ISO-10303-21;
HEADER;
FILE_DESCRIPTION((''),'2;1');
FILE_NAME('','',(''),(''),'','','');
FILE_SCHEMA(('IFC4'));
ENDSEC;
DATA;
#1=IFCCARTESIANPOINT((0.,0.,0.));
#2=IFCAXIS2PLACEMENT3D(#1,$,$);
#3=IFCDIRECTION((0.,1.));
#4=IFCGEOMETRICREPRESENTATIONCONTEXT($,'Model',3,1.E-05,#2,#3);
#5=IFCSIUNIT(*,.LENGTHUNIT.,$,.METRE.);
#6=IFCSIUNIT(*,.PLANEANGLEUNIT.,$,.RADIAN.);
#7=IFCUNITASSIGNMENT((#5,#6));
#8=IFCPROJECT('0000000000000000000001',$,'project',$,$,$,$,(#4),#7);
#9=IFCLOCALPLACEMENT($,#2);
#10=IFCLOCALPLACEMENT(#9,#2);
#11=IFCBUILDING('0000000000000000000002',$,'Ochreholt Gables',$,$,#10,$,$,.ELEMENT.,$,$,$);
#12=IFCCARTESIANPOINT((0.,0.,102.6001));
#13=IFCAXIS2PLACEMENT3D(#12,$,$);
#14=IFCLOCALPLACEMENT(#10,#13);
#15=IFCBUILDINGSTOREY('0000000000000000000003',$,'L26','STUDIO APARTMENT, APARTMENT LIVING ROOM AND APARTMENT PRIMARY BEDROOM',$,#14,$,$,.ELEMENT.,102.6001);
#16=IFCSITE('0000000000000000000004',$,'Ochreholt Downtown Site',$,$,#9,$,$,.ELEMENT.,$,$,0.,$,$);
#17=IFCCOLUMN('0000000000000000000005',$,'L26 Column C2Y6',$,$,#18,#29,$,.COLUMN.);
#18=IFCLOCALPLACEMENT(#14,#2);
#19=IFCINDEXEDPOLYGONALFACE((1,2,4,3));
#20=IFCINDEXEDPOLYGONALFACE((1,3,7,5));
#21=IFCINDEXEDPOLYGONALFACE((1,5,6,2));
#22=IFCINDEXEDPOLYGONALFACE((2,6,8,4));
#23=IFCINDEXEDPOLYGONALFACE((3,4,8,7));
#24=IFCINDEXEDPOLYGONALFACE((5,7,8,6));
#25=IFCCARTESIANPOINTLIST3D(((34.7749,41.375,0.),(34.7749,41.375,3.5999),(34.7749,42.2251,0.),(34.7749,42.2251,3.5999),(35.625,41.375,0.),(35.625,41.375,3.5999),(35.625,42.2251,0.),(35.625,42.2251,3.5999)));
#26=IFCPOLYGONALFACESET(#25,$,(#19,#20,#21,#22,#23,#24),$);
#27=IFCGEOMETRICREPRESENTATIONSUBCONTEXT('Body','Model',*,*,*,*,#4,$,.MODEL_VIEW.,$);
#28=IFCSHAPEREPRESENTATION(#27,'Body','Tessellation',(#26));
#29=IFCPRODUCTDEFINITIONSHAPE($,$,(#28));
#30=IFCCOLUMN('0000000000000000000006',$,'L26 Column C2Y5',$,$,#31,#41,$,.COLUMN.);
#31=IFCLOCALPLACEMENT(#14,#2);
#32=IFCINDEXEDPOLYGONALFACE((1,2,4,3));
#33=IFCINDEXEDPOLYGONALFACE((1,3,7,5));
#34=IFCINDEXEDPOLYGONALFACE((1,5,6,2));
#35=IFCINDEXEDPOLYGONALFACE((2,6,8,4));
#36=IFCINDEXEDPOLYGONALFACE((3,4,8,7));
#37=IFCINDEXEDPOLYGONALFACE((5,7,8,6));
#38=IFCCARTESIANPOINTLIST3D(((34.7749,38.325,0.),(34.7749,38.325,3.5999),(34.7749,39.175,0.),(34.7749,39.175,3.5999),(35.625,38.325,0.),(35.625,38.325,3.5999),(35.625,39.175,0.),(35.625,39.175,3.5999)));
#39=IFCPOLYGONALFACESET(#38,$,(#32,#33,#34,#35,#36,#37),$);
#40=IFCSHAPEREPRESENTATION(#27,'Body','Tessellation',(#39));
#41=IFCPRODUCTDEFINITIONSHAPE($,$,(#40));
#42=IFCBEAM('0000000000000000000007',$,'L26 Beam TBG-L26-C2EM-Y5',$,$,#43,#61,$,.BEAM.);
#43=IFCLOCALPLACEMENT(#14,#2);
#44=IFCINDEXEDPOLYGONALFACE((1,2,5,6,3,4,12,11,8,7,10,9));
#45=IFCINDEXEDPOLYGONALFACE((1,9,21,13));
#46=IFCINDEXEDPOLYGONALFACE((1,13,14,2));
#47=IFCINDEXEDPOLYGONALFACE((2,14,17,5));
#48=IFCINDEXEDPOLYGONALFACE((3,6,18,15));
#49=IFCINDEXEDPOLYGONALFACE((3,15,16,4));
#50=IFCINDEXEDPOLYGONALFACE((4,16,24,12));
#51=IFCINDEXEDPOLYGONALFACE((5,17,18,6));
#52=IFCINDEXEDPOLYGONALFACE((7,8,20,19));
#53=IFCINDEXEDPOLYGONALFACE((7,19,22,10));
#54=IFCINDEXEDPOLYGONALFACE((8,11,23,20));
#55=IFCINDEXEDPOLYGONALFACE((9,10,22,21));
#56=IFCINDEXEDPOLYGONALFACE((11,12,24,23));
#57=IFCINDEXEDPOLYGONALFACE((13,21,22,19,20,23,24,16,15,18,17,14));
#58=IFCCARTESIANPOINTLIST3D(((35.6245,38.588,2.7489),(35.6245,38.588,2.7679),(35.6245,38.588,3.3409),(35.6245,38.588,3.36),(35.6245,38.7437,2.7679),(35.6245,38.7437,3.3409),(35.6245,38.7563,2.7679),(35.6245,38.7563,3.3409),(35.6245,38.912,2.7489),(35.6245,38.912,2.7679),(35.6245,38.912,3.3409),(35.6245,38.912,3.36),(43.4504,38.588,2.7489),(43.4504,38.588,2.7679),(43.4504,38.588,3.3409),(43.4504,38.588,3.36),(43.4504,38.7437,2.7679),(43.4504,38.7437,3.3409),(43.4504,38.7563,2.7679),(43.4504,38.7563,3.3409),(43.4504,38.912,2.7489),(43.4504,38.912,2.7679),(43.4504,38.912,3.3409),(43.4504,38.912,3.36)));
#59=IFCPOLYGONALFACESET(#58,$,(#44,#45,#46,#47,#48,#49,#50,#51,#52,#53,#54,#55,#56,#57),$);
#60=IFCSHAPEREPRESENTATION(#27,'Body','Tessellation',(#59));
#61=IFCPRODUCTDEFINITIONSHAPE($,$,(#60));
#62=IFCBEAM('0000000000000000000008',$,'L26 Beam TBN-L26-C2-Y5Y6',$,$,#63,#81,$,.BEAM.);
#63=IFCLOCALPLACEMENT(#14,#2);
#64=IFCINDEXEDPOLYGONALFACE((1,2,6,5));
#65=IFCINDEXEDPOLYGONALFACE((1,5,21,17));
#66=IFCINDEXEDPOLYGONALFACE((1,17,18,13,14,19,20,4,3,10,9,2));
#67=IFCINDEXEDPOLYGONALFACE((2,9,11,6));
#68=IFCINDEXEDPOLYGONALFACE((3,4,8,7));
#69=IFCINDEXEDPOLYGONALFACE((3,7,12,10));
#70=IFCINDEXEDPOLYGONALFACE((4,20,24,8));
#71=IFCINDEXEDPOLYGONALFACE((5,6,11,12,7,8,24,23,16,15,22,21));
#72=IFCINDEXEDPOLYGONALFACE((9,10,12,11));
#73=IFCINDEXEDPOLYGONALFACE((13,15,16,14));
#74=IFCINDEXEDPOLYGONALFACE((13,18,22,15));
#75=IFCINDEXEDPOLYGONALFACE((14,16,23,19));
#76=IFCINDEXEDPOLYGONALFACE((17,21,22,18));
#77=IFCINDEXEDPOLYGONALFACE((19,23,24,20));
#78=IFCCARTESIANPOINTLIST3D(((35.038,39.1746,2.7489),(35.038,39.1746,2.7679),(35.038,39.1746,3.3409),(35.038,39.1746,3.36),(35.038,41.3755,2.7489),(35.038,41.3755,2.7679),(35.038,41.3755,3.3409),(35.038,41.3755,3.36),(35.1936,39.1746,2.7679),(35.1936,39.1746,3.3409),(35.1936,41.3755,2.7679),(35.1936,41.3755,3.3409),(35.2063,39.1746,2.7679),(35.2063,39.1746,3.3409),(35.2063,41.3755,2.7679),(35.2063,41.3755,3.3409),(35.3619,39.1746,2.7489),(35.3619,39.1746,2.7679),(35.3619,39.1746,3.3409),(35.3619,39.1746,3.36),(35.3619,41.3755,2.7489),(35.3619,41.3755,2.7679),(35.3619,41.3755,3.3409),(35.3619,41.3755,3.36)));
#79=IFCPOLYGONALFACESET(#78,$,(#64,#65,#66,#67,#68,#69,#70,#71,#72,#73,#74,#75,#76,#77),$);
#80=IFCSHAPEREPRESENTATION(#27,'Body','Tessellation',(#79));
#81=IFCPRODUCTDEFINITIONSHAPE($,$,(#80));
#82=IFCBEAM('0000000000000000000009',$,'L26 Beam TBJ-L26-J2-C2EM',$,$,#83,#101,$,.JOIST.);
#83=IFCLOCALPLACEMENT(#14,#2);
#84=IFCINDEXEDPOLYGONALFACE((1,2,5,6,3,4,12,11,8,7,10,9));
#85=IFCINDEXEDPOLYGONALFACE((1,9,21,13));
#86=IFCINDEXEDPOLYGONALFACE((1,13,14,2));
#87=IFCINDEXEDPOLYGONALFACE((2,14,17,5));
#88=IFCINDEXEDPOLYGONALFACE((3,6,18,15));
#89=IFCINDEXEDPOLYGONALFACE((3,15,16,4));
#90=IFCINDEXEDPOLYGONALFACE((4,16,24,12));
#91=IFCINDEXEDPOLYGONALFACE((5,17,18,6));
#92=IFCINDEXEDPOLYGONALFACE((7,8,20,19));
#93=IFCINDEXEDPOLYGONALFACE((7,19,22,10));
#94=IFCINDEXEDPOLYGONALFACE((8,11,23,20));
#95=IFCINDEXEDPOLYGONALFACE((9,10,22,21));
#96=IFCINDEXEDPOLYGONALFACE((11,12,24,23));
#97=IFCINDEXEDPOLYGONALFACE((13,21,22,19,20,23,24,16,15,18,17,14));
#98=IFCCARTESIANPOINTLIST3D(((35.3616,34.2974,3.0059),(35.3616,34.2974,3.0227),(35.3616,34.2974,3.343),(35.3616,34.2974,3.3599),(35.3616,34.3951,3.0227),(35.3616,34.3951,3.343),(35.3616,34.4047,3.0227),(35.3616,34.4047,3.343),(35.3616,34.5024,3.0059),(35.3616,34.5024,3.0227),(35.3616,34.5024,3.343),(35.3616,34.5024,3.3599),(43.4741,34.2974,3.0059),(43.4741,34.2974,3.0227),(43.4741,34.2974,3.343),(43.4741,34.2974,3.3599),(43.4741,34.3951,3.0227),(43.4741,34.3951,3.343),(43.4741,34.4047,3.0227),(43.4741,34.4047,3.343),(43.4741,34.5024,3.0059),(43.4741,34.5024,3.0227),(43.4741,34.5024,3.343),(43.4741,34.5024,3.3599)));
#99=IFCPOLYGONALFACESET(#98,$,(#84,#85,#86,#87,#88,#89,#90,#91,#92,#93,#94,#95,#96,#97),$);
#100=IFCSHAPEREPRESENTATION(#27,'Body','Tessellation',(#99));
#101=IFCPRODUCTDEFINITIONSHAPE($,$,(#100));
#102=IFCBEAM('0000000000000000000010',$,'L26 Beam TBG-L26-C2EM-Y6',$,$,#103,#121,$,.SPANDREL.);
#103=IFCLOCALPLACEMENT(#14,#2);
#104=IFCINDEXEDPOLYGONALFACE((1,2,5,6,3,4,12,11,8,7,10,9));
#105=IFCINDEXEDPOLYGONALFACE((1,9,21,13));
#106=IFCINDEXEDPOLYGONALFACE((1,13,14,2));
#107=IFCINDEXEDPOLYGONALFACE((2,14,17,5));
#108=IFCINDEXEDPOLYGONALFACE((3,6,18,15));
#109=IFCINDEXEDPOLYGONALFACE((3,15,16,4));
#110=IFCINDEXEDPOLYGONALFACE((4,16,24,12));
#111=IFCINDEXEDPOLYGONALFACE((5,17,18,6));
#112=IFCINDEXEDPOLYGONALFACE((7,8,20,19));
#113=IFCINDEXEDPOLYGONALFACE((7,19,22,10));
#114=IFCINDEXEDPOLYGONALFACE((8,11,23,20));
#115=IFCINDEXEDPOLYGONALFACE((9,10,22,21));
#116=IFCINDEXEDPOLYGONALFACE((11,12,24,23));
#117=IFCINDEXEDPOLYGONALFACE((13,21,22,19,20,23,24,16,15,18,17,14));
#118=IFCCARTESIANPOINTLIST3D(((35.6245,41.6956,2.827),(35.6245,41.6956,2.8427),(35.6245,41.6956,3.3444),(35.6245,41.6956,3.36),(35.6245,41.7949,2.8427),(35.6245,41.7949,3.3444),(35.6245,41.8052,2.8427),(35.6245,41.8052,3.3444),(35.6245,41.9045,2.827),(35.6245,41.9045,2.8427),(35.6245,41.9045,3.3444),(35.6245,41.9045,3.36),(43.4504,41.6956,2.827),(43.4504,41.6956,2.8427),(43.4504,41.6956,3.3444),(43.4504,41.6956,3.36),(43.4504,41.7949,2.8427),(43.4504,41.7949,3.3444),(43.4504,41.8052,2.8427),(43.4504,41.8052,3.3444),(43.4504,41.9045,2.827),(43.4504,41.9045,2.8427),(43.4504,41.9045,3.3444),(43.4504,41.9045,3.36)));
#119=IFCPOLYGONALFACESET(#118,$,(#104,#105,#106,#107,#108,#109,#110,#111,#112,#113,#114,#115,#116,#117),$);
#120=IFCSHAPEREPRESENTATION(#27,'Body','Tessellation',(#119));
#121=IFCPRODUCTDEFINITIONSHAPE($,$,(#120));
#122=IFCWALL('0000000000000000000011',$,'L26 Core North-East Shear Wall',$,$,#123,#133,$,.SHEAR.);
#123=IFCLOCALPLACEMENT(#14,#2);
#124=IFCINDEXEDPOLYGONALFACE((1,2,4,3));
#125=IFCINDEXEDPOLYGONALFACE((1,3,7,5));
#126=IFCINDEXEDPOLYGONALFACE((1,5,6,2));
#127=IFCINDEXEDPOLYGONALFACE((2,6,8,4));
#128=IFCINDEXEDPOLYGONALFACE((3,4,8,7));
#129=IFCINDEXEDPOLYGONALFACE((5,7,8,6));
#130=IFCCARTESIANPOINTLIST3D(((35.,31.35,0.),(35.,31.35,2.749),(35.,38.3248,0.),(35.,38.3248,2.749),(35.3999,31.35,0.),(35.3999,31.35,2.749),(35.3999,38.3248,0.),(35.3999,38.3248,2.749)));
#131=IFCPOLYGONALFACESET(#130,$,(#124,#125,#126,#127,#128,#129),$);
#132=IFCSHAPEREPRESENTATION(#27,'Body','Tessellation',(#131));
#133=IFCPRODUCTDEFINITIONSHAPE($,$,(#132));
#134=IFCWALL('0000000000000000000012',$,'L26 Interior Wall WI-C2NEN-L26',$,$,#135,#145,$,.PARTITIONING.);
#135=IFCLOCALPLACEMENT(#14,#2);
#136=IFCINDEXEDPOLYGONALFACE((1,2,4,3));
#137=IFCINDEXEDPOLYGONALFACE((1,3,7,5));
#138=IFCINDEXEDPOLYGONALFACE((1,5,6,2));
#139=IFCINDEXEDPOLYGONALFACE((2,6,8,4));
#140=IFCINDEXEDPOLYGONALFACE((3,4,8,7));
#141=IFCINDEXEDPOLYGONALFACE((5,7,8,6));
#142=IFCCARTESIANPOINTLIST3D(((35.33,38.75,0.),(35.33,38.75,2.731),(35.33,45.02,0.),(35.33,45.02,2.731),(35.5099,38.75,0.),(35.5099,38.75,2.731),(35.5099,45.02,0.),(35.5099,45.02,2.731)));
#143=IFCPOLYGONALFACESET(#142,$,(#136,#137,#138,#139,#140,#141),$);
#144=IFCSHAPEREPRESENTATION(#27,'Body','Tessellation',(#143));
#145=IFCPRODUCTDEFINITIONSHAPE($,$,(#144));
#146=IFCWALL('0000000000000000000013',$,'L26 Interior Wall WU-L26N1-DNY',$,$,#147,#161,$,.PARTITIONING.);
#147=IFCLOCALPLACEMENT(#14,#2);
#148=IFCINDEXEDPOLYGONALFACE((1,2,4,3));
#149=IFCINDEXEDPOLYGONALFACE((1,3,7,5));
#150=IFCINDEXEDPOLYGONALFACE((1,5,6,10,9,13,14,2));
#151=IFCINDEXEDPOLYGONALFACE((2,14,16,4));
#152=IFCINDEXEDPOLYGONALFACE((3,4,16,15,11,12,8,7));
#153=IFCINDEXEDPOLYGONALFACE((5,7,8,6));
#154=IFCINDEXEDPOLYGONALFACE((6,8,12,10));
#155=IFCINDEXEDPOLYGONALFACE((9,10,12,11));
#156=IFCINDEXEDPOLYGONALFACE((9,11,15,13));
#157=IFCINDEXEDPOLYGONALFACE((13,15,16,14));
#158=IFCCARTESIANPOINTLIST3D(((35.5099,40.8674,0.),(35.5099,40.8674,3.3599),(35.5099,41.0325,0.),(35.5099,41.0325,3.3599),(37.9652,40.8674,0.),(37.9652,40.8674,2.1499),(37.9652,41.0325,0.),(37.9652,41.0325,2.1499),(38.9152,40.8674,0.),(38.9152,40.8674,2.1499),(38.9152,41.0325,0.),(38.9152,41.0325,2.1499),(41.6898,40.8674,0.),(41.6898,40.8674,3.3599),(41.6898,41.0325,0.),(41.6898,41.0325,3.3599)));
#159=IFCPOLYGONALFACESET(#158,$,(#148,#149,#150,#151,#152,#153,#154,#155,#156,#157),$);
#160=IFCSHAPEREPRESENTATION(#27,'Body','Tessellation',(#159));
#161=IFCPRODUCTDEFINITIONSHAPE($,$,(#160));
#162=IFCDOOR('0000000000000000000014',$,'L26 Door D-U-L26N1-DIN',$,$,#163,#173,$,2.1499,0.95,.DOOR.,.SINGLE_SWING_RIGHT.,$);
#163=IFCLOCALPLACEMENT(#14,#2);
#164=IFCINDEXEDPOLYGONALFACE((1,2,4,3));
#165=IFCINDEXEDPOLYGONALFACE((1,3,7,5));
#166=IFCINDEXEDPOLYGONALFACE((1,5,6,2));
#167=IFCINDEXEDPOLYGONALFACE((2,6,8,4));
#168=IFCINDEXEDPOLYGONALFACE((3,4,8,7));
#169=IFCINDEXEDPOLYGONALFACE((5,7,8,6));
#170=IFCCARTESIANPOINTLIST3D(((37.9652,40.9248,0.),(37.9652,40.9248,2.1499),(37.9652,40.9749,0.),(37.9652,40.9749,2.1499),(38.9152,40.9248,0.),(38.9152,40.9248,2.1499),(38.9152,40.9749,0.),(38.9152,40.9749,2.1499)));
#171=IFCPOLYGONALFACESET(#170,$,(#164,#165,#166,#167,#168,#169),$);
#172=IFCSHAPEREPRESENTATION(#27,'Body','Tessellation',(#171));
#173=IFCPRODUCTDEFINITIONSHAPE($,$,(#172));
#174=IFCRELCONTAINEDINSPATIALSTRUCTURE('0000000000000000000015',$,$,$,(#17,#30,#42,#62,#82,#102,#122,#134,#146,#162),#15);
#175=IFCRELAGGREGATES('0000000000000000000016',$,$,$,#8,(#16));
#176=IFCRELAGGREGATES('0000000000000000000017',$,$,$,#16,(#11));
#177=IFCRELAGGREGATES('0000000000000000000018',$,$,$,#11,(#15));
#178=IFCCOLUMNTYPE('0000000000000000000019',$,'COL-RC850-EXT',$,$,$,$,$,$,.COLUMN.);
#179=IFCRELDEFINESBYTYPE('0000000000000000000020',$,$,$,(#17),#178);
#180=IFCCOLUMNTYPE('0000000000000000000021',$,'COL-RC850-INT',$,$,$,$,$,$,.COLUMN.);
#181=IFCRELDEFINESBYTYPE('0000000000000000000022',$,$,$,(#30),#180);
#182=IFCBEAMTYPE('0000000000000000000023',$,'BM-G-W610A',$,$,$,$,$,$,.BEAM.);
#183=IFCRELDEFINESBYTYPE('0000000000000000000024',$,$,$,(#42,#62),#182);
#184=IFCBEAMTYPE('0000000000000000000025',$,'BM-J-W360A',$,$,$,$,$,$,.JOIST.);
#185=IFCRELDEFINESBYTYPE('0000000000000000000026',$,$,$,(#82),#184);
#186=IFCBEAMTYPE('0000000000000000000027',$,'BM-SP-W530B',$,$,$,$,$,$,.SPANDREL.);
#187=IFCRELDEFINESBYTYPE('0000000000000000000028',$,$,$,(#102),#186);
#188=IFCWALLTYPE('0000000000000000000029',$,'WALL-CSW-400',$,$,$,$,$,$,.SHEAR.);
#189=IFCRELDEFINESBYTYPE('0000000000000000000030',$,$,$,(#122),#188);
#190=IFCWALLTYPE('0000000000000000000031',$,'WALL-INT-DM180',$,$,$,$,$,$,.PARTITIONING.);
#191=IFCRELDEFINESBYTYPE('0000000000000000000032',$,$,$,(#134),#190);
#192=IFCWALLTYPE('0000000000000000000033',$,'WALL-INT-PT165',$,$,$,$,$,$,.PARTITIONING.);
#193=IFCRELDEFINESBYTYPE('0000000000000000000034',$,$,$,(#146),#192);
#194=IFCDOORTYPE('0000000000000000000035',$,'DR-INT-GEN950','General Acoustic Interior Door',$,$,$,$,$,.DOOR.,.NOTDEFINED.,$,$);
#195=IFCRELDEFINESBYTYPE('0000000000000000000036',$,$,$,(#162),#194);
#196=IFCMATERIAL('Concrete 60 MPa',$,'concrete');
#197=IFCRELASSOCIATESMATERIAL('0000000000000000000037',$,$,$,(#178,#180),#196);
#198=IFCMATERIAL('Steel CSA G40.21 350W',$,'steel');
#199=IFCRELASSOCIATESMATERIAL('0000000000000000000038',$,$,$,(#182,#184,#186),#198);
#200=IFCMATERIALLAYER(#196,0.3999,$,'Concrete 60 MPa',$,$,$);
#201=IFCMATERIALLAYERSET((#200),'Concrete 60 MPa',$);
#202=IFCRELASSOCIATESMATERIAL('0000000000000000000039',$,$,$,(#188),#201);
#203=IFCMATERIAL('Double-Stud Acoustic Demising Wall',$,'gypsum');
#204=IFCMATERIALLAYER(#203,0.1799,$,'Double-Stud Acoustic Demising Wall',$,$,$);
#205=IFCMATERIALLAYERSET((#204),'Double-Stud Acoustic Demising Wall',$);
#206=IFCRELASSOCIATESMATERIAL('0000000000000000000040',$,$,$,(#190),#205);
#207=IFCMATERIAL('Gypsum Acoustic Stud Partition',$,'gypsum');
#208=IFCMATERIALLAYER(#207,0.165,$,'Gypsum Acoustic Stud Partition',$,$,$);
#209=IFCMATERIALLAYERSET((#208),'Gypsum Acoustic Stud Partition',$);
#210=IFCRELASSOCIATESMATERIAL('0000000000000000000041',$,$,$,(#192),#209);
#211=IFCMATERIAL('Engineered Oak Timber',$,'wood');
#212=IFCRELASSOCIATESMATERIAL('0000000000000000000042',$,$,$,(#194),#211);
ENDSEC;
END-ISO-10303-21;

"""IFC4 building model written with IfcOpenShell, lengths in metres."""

from ifc_helpers import new_model, si_unit, direction, frame, frame_2d, origin, origin_2d, place, context, subcontext, project, spatial, rectangle, i_section, extrude, material, layer, layer_set, material_profile, profile_set, type_object, element, fill, save


model = new_model("IFC4")

# Units and contexts
model_context = context("Model", 3, precision=1e-05, world=origin(), true_north=direction((0.0, 1.0)))
body_context = subcontext(model_context, "Body", "Model", "MODEL_VIEW")
ifc_project = project(units=[si_unit("LENGTHUNIT", "METRE"), si_unit("PLANEANGLEUNIT", "RADIAN")], contexts=[model_context])

# Site, building, storey
site_placement = place(None, origin())
site = spatial("IfcSite", under=ifc_project, at=site_placement, Name="Ochreholt Downtown Site", CompositionType="ELEMENT", RefElevation=0.0)
building_placement = place(site_placement, origin())
building = spatial("IfcBuilding", under=site, at=building_placement, Name="Ochreholt Gables", CompositionType="ELEMENT")
storey_placement = place(building_placement, frame((0.0, 0.0, 102.6001)))
storey = spatial("IfcBuildingStorey", under=building, at=storey_placement, Name="L26", Description="STUDIO APARTMENT, APARTMENT LIVING ROOM AND APARTMENT PRIMARY BEDROOM", CompositionType="ELEMENT", Elevation=102.6001)

# Columns
ifc_material_1 = material(Name="Concrete 60 MPa", Category="concrete")
ifc_material_profile_1 = material_profile(ifc_material_1, rectangle(XDim=0.8501, YDim=0.8501, at=origin_2d()), Name="RC850X850")
ifc_profile_set_1 = profile_set([ifc_material_profile_1], Name="Concrete 60 MPa")
column_type_1 = type_object("IfcColumnType", Name="COL-RC850-EXT", PredefinedType="COLUMN", material=ifc_profile_set_1)
column_1_placement = place(storey_placement, frame((35.2, 41.8, 0.0), z_axis=(0.0, 0.0, 1.0), x_axis=(1.0, 0.0, 0.0)))
element("IfcColumn", 1, at=column_1_placement, inside=storey, type_object=column_type_1, Name="L26 Column C2Y6", PredefinedType="COLUMN", context=body_context, shape_type="SweptSolid", body=[
    extrude(rectangle(XDim=0.8501, YDim=0.8501, at=origin_2d()), origin(), (0.0, 0.0, 1.0), 3.5999),
])
ifc_material_profile_2 = material_profile(ifc_material_1, rectangle(XDim=0.8501, YDim=0.8501, at=origin_2d()), Name="RC850X850")
ifc_profile_set_2 = profile_set([ifc_material_profile_2], Name="Concrete 60 MPa")
column_type_2 = type_object("IfcColumnType", Name="COL-RC850-INT", PredefinedType="COLUMN", material=ifc_profile_set_2)
column_2_placement = place(storey_placement, frame((35.2, 38.75, 0.0), z_axis=(0.0, 0.0, 1.0), x_axis=(1.0, 0.0, 0.0)))
element("IfcColumn", 2, at=column_2_placement, inside=storey, type_object=column_type_2, Name="L26 Column C2Y5", PredefinedType="COLUMN", context=body_context, shape_type="SweptSolid", body=[
    extrude(rectangle(XDim=0.8501, YDim=0.8501, at=origin_2d()), origin(), (0.0, 0.0, 1.0), 3.5999),
])

# Beams
ifc_material_2 = material(Name="Steel CSA G40.21 350W", Category="steel")
ifc_material_profile_3 = material_profile(ifc_material_2, i_section(OverallWidth=0.324, OverallDepth=0.6111, WebThickness=0.0127, FlangeThickness=0.019, at=origin_2d()), Name="W610X155")
ifc_profile_set_3 = profile_set([ifc_material_profile_3], Name="Steel CSA G40.21 350W")
beam_type_1 = type_object("IfcBeamType", Name="BM-G-W610A", PredefinedType="BEAM", material=ifc_profile_set_3)
beam_1_placement = place(storey_placement, frame((35.6245, 38.75, 3.0544), z_axis=(1.0, 0.0, 0.0), x_axis=(0.0, 1.0, 0.0)))
element("IfcBeam", 3, at=beam_1_placement, inside=storey, type_object=beam_type_1, Name="L26 Beam TBG-L26-C2EM-Y5", PredefinedType="BEAM", context=body_context, shape_type="SweptSolid", body=[
    extrude(i_section(OverallWidth=0.324, OverallDepth=0.6111, WebThickness=0.0127, FlangeThickness=0.019, at=origin_2d()), origin(), (0.0, 0.0, 1.0), 7.8259),
])
beam_2_placement = place(storey_placement, frame((35.2, 39.1746, 3.0544), z_axis=(0.0, 1.0, 0.0), x_axis=(-1.0, 0.0, 0.0)))
element("IfcBeam", 4, at=beam_2_placement, inside=storey, type_object=beam_type_1, Name="L26 Beam TBN-L26-C2-Y5Y6", PredefinedType="BEAM", context=body_context, shape_type="SweptSolid", body=[
    extrude(i_section(OverallWidth=0.324, OverallDepth=0.6111, WebThickness=0.0127, FlangeThickness=0.019, at=origin_2d()), origin(), (0.0, 0.0, 1.0), 2.2009),
])
ifc_material_profile_4 = material_profile(ifc_material_2, i_section(OverallWidth=0.2051, OverallDepth=0.354, WebThickness=0.0095, FlangeThickness=0.0168, at=origin_2d()), Name="W360X79")
ifc_profile_set_4 = profile_set([ifc_material_profile_4], Name="Steel CSA G40.21 350W")
beam_type_2 = type_object("IfcBeamType", Name="BM-J-W360A", PredefinedType="JOIST", material=ifc_profile_set_4)
beam_3_placement = place(storey_placement, frame((35.3616, 34.3999, 3.1829), z_axis=(1.0, 0.0, 0.0), x_axis=(0.0, 1.0, 0.0)))
element("IfcBeam", 5, at=beam_3_placement, inside=storey, type_object=beam_type_2, Name="L26 Beam TBJ-L26-J2-C2EM", PredefinedType="JOIST", context=body_context, shape_type="SweptSolid", body=[
    extrude(i_section(OverallWidth=0.2051, OverallDepth=0.354, WebThickness=0.0095, FlangeThickness=0.0168, at=origin_2d()), origin(), (0.0, 0.0, 1.0), 8.1125),
])
ifc_material_profile_5 = material_profile(ifc_material_2, i_section(OverallWidth=0.209, OverallDepth=0.533, WebThickness=0.0103, FlangeThickness=0.0156, at=origin_2d()), Name="W530X92")
ifc_profile_set_5 = profile_set([ifc_material_profile_5], Name="Steel CSA G40.21 350W")
beam_type_3 = type_object("IfcBeamType", Name="BM-SP-W530B", PredefinedType="SPANDREL", material=ifc_profile_set_5)
beam_4_placement = place(storey_placement, frame((35.6245, 41.8, 3.0935), z_axis=(1.0, 0.0, 0.0), x_axis=(0.0, 1.0, 0.0)))
element("IfcBeam", 6, at=beam_4_placement, inside=storey, type_object=beam_type_3, Name="L26 Beam TBG-L26-C2EM-Y6", PredefinedType="SPANDREL", context=body_context, shape_type="SweptSolid", body=[
    extrude(i_section(OverallWidth=0.209, OverallDepth=0.533, WebThickness=0.0103, FlangeThickness=0.0156, at=origin_2d()), origin(), (0.0, 0.0, 1.0), 7.8259),
])

# Walls
ifc_layer_1 = layer(ifc_material_1, 0.3999, Name="Concrete 60 MPa")
ifc_layer_set_1 = layer_set([ifc_layer_1], Name="Concrete 60 MPa")
wall_type_1 = type_object("IfcWallType", Name="WALL-CSW-400", PredefinedType="SHEAR", material=ifc_layer_set_1)
wall_1_placement = place(storey_placement, frame((35.2, 31.3501, 0.0), z_axis=(0.0, 0.0, 1.0), x_axis=(0.0, 1.0, 0.0)))
element("IfcWall", 7, at=wall_1_placement, inside=storey, type_object=wall_type_1, Name="L26 Core North-East Shear Wall", PredefinedType="SHEAR", context=body_context, shape_type="SweptSolid", body=[
    extrude(rectangle(XDim=6.9749, YDim=0.3999, at=frame_2d((3.4873, 0.0))), origin(), (0.0, 0.0, 1.0), 2.749),
])
ifc_material_3 = material(Name="Double-Stud Acoustic Demising Wall", Category="gypsum")
ifc_layer_2 = layer(ifc_material_3, 0.1799, Name="Double-Stud Acoustic Demising Wall")
ifc_layer_set_2 = layer_set([ifc_layer_2], Name="Double-Stud Acoustic Demising Wall")
wall_type_2 = type_object("IfcWallType", Name="WALL-INT-DM180", PredefinedType="PARTITIONING", material=ifc_layer_set_2)
wall_2_placement = place(storey_placement, frame((35.4199, 38.75, 0.0), z_axis=(0.0, 0.0, 1.0), x_axis=(0.0, 1.0, 0.0)))
element("IfcWall", 8, at=wall_2_placement, inside=storey, type_object=wall_type_2, Name="L26 Interior Wall WI-C2NEN-L26", PredefinedType="PARTITIONING", context=body_context, shape_type="SweptSolid", body=[
    extrude(rectangle(XDim=6.27, YDim=0.1799, at=frame_2d((3.135, 0.0))), origin(), (0.0, 0.0, 1.0), 2.731),
])

# Shared definitions
ifc_material_4 = material(Name="Engineered Oak Timber", Category="wood")

# Wall, opening, door
ifc_material_5 = material(Name="Gypsum Acoustic Stud Partition", Category="gypsum")
ifc_layer_3 = layer(ifc_material_5, 0.165, Name="Gypsum Acoustic Stud Partition")
ifc_layer_set_3 = layer_set([ifc_layer_3], Name="Gypsum Acoustic Stud Partition")
wall_type_3 = type_object("IfcWallType", Name="WALL-INT-PT165", PredefinedType="PARTITIONING", material=ifc_layer_set_3)
wall_3_placement = place(storey_placement, frame((35.51, 40.95, 0.0), z_axis=(0.0, 0.0, 1.0), x_axis=(1.0, 0.0, 0.0)))
wall_3 = element("IfcWall", 9, at=wall_3_placement, inside=storey, type_object=wall_type_3, Name="L26 Interior Wall WU-L26N1-DNY", PredefinedType="PARTITIONING", context=body_context, shape_type="SweptSolid", body=[
    extrude(rectangle(XDim=6.1799, YDim=0.165, at=frame_2d((3.0898, 0.0))), origin(), (0.0, 0.0, 1.0), 3.3599),
])
opening_1_placement = place(wall_3_placement, frame((2.4551, 0.0, 0.0)))
opening_1 = element("IfcOpeningElement", 10, at=opening_1_placement, cuts=wall_3, PredefinedType="OPENING", context=body_context, shape_type="SweptSolid", body=[
    extrude(rectangle(XDim=0.95, YDim=2.1499, at=frame_2d((0.4751, 1.075))), frame((0.0, 0.0925, 0.0), z_axis=(0.0, -1.0, 0.0), x_axis=(1.0, 0.0, 0.0)), (0.0, 0.0, 1.0), 0.1851),
])
door_type_1 = type_object("IfcDoorType", Name="DR-INT-GEN950", Description="General Acoustic Interior Door", OperationType="NOTDEFINED", PredefinedType="DOOR", material=ifc_material_4)
door_1_placement = place(opening_1_placement, origin())
door_1 = element("IfcDoor", 11, at=door_1_placement, inside=storey, type_object=door_type_1, Name="L26 Door D-U-L26N1-DIN", OperationType="SINGLE_SWING_RIGHT", OverallHeight=2.1499, OverallWidth=0.95, PredefinedType="DOOR", context=body_context, shape_type="SweptSolid", body=[
    extrude(rectangle(XDim=0.95, YDim=2.1499, at=frame_2d((0.4751, 1.075))), frame((0.0, 0.0249, 0.0), z_axis=(0.0, -1.0, 0.0), x_axis=(1.0, 0.0, 0.0)), (0.0, 0.0, 1.0), 0.05),
])
fill(opening_1, door_1)

save(model, "model.ifc")
